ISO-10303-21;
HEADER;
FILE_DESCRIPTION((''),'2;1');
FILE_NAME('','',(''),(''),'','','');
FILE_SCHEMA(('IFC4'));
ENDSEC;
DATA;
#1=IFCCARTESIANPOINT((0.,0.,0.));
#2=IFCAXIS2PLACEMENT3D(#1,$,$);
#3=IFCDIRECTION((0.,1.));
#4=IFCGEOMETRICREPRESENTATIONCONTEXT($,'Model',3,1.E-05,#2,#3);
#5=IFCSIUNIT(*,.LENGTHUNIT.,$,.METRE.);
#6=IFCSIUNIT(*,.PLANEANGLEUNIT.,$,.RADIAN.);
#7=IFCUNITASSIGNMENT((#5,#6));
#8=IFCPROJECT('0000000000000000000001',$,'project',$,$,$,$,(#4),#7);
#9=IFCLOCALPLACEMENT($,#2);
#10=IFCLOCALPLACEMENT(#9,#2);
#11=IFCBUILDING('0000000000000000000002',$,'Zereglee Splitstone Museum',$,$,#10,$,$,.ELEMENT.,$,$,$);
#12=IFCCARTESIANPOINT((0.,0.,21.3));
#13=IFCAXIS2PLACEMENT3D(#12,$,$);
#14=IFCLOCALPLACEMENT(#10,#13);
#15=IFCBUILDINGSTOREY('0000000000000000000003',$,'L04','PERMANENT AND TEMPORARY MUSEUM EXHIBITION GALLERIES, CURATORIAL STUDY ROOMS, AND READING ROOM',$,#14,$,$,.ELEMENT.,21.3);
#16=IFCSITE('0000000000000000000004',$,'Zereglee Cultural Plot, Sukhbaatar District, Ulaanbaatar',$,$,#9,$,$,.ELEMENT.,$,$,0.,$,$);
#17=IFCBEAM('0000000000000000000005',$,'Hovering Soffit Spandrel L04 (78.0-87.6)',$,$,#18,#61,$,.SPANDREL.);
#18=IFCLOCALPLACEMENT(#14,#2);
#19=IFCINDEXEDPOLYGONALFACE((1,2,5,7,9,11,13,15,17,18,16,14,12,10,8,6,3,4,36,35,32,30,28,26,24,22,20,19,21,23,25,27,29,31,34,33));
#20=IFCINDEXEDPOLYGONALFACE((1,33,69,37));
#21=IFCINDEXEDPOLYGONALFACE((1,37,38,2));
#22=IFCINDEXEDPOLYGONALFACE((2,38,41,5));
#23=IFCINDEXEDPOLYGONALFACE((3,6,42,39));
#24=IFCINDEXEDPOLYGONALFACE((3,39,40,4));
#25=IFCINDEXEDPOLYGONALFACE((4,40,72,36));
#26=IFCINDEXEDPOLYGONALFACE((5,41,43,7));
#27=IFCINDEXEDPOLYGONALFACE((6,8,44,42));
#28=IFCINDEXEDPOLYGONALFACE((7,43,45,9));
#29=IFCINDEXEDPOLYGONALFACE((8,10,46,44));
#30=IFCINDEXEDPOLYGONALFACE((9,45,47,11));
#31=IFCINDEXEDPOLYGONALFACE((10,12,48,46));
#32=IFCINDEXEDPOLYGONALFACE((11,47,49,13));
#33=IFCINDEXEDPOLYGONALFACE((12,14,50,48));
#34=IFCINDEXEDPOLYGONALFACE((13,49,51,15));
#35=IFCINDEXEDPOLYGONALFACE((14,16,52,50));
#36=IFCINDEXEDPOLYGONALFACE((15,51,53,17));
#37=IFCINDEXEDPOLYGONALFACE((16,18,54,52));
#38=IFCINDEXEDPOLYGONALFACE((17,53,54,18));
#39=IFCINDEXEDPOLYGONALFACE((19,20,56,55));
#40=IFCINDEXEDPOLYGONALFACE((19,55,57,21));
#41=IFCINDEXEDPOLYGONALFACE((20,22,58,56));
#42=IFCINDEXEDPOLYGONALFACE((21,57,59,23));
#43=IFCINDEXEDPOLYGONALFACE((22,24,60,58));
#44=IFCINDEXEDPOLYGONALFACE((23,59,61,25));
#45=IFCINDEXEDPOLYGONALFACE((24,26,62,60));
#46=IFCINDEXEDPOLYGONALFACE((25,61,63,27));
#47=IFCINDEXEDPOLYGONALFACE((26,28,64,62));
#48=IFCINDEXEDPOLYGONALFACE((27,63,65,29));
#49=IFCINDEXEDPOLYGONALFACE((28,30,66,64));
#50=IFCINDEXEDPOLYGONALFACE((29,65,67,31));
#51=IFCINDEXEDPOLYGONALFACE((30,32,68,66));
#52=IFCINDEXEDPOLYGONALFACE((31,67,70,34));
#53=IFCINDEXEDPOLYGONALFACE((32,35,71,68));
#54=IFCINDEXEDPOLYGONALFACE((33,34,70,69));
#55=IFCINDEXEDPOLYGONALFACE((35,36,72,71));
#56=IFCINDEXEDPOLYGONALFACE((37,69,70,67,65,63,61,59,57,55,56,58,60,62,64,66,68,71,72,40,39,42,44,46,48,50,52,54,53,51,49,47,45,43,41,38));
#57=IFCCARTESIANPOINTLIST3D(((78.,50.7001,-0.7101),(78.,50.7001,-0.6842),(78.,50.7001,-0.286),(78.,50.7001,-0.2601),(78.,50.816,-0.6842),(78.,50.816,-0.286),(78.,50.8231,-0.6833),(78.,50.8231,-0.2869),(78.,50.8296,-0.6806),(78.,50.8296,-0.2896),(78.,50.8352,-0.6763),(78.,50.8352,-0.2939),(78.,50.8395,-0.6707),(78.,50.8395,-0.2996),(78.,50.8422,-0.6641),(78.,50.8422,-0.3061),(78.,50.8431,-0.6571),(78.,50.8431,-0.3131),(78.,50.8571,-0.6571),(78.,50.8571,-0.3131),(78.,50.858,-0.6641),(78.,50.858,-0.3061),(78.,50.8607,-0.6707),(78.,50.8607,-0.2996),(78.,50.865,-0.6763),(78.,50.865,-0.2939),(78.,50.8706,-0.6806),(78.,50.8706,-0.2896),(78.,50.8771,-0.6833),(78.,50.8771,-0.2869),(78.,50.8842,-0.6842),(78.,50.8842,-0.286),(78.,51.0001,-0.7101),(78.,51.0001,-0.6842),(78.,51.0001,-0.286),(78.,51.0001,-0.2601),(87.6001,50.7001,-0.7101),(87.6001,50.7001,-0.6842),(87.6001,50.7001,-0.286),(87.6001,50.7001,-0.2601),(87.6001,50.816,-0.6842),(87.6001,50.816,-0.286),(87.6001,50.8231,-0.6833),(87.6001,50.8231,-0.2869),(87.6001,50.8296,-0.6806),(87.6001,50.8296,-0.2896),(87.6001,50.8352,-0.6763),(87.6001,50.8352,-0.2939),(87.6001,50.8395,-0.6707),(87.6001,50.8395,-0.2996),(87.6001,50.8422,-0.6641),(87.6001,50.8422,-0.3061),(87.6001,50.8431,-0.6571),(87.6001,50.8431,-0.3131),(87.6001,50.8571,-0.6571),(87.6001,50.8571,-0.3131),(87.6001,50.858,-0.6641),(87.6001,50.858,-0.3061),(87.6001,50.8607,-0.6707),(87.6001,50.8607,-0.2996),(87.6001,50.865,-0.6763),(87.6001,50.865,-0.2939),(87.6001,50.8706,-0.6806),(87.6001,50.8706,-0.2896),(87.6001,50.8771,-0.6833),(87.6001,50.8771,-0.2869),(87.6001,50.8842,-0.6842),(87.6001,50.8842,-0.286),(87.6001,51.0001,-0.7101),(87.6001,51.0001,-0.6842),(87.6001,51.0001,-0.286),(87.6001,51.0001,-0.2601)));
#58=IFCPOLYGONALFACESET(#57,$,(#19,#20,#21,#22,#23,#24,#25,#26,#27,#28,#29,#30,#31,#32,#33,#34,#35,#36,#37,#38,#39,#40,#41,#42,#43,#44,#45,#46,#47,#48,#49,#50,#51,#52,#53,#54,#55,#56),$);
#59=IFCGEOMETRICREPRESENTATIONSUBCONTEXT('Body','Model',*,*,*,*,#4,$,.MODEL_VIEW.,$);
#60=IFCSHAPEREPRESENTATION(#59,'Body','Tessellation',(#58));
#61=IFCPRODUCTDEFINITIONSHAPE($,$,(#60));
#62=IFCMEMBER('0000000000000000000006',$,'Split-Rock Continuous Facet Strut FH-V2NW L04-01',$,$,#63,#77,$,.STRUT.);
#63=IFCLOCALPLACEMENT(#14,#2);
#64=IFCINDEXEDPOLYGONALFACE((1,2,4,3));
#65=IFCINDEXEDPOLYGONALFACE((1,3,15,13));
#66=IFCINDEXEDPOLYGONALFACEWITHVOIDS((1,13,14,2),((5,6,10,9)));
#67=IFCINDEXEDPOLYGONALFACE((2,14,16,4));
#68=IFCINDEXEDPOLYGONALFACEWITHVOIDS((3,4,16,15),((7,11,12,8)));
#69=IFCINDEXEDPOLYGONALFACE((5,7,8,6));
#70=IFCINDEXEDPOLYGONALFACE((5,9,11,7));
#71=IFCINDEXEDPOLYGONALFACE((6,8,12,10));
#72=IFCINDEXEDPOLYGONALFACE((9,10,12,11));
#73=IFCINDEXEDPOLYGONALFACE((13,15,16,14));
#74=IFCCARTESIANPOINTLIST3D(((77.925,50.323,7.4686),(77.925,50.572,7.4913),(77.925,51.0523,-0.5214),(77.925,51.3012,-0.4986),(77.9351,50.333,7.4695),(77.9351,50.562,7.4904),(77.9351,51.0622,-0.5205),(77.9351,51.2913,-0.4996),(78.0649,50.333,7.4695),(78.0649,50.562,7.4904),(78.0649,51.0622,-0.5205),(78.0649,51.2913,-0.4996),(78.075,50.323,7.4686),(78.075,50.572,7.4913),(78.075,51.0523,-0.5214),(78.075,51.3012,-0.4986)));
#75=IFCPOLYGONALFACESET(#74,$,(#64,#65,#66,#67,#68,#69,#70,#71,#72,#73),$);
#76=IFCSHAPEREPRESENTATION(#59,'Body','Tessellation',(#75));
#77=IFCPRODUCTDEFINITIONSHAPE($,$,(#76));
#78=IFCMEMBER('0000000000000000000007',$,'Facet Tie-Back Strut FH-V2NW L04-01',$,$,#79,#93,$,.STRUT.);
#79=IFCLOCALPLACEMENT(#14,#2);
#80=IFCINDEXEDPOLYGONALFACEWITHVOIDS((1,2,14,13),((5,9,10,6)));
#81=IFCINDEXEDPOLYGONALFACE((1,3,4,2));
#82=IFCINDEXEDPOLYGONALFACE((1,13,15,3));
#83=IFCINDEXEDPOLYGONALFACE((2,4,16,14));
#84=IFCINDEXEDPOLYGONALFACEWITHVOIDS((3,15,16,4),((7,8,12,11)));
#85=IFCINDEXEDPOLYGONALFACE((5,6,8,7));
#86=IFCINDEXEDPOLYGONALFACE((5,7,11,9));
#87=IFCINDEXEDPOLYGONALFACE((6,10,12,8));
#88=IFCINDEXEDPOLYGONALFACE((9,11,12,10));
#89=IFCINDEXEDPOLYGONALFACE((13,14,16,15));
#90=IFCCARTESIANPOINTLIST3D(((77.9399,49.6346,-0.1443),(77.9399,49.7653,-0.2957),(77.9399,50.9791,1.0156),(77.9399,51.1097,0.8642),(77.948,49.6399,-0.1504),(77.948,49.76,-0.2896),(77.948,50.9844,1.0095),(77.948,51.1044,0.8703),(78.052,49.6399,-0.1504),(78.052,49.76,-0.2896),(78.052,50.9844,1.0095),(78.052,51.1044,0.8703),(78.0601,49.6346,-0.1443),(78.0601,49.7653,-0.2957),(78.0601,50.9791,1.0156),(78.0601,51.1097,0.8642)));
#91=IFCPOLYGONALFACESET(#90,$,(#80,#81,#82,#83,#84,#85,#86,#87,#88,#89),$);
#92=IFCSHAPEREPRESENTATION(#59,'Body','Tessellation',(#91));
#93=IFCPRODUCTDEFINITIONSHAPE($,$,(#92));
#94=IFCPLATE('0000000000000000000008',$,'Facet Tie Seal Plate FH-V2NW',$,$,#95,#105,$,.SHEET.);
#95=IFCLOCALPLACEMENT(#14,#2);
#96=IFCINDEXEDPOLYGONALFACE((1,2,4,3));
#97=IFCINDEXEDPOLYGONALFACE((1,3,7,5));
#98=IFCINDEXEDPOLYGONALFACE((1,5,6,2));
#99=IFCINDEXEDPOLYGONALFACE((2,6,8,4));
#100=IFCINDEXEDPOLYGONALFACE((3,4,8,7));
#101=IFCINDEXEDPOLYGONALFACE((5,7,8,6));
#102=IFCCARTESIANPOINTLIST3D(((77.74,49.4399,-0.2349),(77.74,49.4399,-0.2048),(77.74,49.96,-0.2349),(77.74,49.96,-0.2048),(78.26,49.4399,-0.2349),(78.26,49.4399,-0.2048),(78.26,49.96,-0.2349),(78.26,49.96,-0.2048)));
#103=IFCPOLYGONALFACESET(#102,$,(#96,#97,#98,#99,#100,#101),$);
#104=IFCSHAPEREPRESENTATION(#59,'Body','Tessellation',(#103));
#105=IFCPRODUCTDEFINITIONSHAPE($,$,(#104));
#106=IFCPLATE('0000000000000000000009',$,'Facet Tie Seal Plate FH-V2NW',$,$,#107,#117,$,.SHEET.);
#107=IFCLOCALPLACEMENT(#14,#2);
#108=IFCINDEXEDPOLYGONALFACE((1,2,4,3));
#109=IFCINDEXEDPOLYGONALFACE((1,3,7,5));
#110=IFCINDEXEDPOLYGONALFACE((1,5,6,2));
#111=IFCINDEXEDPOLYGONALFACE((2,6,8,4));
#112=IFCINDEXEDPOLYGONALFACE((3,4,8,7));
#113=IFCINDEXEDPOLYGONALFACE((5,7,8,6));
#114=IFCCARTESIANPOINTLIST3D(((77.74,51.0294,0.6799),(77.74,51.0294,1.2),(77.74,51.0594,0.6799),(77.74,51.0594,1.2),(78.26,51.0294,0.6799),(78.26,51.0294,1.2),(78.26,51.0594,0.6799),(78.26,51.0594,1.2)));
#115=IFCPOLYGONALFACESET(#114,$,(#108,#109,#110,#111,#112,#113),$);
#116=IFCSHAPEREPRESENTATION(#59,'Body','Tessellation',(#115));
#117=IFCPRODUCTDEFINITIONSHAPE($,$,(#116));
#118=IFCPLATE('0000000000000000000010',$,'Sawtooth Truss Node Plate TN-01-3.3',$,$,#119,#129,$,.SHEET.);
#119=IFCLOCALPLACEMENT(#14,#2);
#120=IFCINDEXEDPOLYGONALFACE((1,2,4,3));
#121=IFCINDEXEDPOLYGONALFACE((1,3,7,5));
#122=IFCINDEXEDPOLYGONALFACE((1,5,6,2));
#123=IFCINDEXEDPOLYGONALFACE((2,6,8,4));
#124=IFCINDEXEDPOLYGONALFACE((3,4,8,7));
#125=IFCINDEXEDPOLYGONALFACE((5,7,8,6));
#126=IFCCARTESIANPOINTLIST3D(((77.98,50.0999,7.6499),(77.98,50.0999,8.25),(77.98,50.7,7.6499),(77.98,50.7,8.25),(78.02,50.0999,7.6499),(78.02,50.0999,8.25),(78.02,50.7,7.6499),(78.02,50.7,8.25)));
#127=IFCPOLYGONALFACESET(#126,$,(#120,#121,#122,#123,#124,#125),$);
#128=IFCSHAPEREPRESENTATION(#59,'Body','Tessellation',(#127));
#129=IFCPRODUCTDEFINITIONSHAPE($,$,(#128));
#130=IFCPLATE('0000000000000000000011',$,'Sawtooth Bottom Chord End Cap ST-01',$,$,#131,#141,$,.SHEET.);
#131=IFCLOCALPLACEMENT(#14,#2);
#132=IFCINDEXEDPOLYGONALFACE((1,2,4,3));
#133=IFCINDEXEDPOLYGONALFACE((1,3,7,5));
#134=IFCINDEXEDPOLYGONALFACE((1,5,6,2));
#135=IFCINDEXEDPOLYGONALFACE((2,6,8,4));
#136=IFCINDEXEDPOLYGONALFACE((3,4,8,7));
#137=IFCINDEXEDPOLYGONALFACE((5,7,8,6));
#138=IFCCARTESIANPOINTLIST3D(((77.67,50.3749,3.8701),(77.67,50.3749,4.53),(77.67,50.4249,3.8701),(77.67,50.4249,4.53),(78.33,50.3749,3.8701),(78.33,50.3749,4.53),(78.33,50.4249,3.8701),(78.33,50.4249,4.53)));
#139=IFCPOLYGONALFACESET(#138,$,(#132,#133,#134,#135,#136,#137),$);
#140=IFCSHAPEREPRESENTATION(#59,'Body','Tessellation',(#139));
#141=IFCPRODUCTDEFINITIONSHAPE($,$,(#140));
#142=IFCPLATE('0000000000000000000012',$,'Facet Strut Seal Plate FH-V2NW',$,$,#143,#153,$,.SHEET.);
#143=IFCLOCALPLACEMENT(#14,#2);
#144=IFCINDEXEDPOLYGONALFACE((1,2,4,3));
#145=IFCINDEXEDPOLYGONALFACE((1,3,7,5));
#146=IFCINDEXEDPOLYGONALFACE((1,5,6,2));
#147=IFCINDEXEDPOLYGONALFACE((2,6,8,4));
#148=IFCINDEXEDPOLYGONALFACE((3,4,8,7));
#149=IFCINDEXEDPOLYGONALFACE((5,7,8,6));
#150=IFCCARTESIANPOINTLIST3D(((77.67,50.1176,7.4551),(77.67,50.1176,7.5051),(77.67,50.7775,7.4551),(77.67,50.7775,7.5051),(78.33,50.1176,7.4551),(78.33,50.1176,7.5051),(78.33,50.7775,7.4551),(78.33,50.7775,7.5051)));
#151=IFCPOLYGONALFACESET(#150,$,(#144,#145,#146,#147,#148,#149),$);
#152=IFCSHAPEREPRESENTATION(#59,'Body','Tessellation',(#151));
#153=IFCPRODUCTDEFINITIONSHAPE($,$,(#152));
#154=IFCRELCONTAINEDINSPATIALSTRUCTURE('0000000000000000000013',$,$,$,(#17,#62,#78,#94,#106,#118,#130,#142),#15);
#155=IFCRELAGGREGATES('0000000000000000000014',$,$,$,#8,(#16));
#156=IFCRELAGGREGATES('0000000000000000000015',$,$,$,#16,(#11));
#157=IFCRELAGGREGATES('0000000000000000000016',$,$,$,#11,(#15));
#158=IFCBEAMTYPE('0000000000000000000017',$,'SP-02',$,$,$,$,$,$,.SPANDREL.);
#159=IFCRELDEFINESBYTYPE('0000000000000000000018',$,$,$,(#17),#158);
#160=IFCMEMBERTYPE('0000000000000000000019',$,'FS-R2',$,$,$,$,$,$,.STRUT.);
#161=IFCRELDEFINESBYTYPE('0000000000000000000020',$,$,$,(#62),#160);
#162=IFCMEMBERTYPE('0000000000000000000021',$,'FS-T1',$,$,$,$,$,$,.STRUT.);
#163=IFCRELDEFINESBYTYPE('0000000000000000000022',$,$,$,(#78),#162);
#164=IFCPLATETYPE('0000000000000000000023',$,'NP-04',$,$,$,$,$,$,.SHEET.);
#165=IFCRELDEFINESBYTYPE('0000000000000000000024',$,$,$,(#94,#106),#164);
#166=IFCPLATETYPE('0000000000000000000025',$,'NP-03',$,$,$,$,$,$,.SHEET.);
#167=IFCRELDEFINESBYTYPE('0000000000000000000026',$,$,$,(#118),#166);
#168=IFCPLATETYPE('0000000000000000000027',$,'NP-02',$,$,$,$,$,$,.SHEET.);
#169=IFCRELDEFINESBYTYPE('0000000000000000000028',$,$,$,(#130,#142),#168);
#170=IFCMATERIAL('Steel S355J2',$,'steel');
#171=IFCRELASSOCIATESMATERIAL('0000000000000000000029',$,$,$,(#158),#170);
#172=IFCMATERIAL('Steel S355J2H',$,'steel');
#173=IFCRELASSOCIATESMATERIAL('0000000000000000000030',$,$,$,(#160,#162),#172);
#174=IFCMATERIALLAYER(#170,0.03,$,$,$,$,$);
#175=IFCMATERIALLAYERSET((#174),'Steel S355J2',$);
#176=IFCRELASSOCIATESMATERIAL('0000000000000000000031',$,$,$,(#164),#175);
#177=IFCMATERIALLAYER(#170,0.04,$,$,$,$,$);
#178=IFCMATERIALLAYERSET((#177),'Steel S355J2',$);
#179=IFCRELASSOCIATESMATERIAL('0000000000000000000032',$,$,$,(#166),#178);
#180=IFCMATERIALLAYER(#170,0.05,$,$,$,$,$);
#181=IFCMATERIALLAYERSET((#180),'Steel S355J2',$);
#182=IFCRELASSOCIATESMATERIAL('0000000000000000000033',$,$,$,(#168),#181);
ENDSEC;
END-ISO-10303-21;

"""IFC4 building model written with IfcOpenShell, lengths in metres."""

from ifc_helpers import new_model, si_unit, direction, frame, origin, origin_2d, place, context, subcontext, project, spatial, rectangle, hollow_rectangle, i_section, extrude, material, layer, layer_set, material_profile, profile_set, type_object, element, save


model = new_model("IFC4")

# Units and contexts
model_context = context("Model", 3, precision=1e-05, world=origin(), true_north=direction((0.0, 1.0)))
body_context = subcontext(model_context, "Body", "Model", "MODEL_VIEW")
ifc_project = project(units=[si_unit("LENGTHUNIT", "METRE"), si_unit("PLANEANGLEUNIT", "RADIAN")], contexts=[model_context])

# Site, building, storey
site_placement = place(None, origin())
site = spatial("IfcSite", under=ifc_project, at=site_placement, Name="Zereglee Cultural Plot, Sukhbaatar District, Ulaanbaatar", CompositionType="ELEMENT", RefElevation=0.0)
building_placement = place(site_placement, origin())
building = spatial("IfcBuilding", under=site, at=building_placement, Name="Zereglee Splitstone Museum", CompositionType="ELEMENT")
storey_placement = place(building_placement, frame((0.0, 0.0, 21.3)))
storey = spatial("IfcBuildingStorey", under=building, at=storey_placement, Name="L04", Description="PERMANENT AND TEMPORARY MUSEUM EXHIBITION GALLERIES, CURATORIAL STUDY ROOMS, AND READING ROOM", CompositionType="ELEMENT", Elevation=21.3)

# Shared definitions
ifc_material_1 = material(Name="Steel S355J2H", Category="steel")

# Shared definitions
ifc_material_2 = material(Name="Steel S355J2", Category="steel")

# Beam
ifc_material_profile_1 = material_profile(ifc_material_2, i_section(OverallWidth=0.3, OverallDepth=0.45, WebThickness=0.0139, FlangeThickness=0.0259, FilletRadius=0.0271, at=origin_2d()), Name="HE 450 B")
ifc_profile_set_1 = profile_set([ifc_material_profile_1], Name="Steel S355J2")
beam_type_1 = type_object("IfcBeamType", Name="SP-02", PredefinedType="SPANDREL", material=ifc_profile_set_1)
beam_1_placement = place(storey_placement, frame((78.0, 50.8501, -0.4851), z_axis=(1.0, 0.0, 0.0), x_axis=(0.0, 1.0, 0.0)))
element("IfcBeam", 1, at=beam_1_placement, inside=storey, type_object=beam_type_1, Name="Hovering Soffit Spandrel L04 (78.0-87.6)", PredefinedType="SPANDREL", context=body_context, shape_type="SweptSolid", body=[
    extrude(i_section(OverallWidth=0.3, OverallDepth=0.45, WebThickness=0.0139, FlangeThickness=0.0259, FilletRadius=0.0271, at=origin_2d()), origin(), (0.0, 0.0, 1.0), 9.6001),
])

# Members
ifc_material_profile_2 = material_profile(ifc_material_1, hollow_rectangle(XDim=0.1499, YDim=0.25, WallThickness=0.01, at=origin_2d()), Name="RHS 250x150x10")
ifc_profile_set_2 = profile_set([ifc_material_profile_2], Name="Steel S355J2H")
member_type_1 = type_object("IfcMemberType", Name="FS-R2", PredefinedType="STRUT", material=ifc_profile_set_2)
member_1_placement = place(storey_placement, frame((78.0, 51.1768, -0.51), z_axis=(0.0, -0.090892, 0.995861), x_axis=(1.0, 0.0, 0.0)))
element("IfcMember", 2, at=member_1_placement, inside=storey, type_object=member_type_1, Name="Split-Rock Continuous Facet Strut FH-V2NW L04-01", PredefinedType="STRUT", context=body_context, shape_type="SweptSolid", body=[
    extrude(hollow_rectangle(XDim=0.1499, YDim=0.25, WallThickness=0.01, at=origin_2d()), origin(), (0.0, 0.0, 1.0), 8.0232),
])
ifc_material_profile_3 = material_profile(ifc_material_1, hollow_rectangle(XDim=0.1201, YDim=0.2, WallThickness=0.0081, at=origin_2d()), Name="RHS 200x120x8")
ifc_profile_set_3 = profile_set([ifc_material_profile_3], Name="Steel S355J2H")
member_type_2 = type_object("IfcMemberType", Name="FS-T1", PredefinedType="STRUT", material=ifc_profile_set_3)
member_2_placement = place(storey_placement, frame((78.0, 49.7, -0.22), z_axis=(0.0, 0.757166, 0.653222), x_axis=(-1.0, 0.0, 0.0)))
element("IfcMember", 3, at=member_2_placement, inside=storey, type_object=member_type_2, Name="Facet Tie-Back Strut FH-V2NW L04-01", PredefinedType="STRUT", context=body_context, shape_type="SweptSolid", body=[
    extrude(hollow_rectangle(XDim=0.1201, YDim=0.2, WallThickness=0.0081, at=origin_2d()), origin(), (0.0, 0.0, 1.0), 1.7756),
])

# Plates
ifc_layer_1 = layer(ifc_material_2, 0.03)
ifc_layer_set_1 = layer_set([ifc_layer_1], Name="Steel S355J2")
plate_type_1 = type_object("IfcPlateType", Name="NP-04", PredefinedType="SHEET", material=ifc_layer_set_1)
plate_1_placement = place(storey_placement, frame((78.0, 49.7, -0.2349), z_axis=(0.0, 0.0, 1.0), x_axis=(1.0, 0.0, 0.0)))
element("IfcPlate", 4, at=plate_1_placement, inside=storey, type_object=plate_type_1, Name="Facet Tie Seal Plate FH-V2NW", PredefinedType="SHEET", context=body_context, shape_type="SweptSolid", body=[
    extrude(rectangle(XDim=0.52, YDim=0.52, at=origin_2d()), origin(), (0.0, 0.0, 1.0), 0.03),
])
plate_2_placement = place(storey_placement, frame((78.0, 51.0444, 0.6799), z_axis=(0.0, 0.0, 1.0), x_axis=(1.0, 0.0, 0.0)))
element("IfcPlate", 5, at=plate_2_placement, inside=storey, type_object=plate_type_1, Name="Facet Tie Seal Plate FH-V2NW", PredefinedType="SHEET", context=body_context, shape_type="SweptSolid", body=[
    extrude(rectangle(XDim=0.52, YDim=0.03, at=origin_2d()), origin(), (0.0, 0.0, 1.0), 0.52),
])
ifc_layer_2 = layer(ifc_material_2, 0.04)
ifc_layer_set_2 = layer_set([ifc_layer_2], Name="Steel S355J2")
plate_type_2 = type_object("IfcPlateType", Name="NP-03", PredefinedType="SHEET", material=ifc_layer_set_2)
plate_3_placement = place(storey_placement, frame((78.0, 50.3999, 7.6499), z_axis=(0.0, 0.0, 1.0), x_axis=(1.0, 0.0, 0.0)))
element("IfcPlate", 6, at=plate_3_placement, inside=storey, type_object=plate_type_2, Name="Sawtooth Truss Node Plate TN-01-3.3", PredefinedType="SHEET", context=body_context, shape_type="SweptSolid", body=[
    extrude(rectangle(XDim=0.04, YDim=0.6001, at=origin_2d()), origin(), (0.0, 0.0, 1.0), 0.6001),
])
ifc_layer_3 = layer(ifc_material_2, 0.05)
ifc_layer_set_3 = layer_set([ifc_layer_3], Name="Steel S355J2")
plate_type_3 = type_object("IfcPlateType", Name="NP-02", PredefinedType="SHEET", material=ifc_layer_set_3)
plate_4_placement = place(storey_placement, frame((78.0, 50.3999, 3.8701), z_axis=(0.0, 0.0, 1.0), x_axis=(1.0, 0.0, 0.0)))
element("IfcPlate", 7, at=plate_4_placement, inside=storey, type_object=plate_type_3, Name="Sawtooth Bottom Chord End Cap ST-01", PredefinedType="SHEET", context=body_context, shape_type="SweptSolid", body=[
    extrude(rectangle(XDim=0.6599, YDim=0.05, at=origin_2d()), origin(), (0.0, 0.0, 1.0), 0.6599),
])
plate_5_placement = place(storey_placement, frame((78.0, 50.4475, 7.4551), z_axis=(0.0, 0.0, 1.0), x_axis=(1.0, 0.0, 0.0)))
element("IfcPlate", 8, at=plate_5_placement, inside=storey, type_object=plate_type_3, Name="Facet Strut Seal Plate FH-V2NW", PredefinedType="SHEET", context=body_context, shape_type="SweptSolid", body=[
    extrude(rectangle(XDim=0.6599, YDim=0.6599, at=origin_2d()), origin(), (0.0, 0.0, 1.0), 0.05),
])

save(model, "model.ifc")
